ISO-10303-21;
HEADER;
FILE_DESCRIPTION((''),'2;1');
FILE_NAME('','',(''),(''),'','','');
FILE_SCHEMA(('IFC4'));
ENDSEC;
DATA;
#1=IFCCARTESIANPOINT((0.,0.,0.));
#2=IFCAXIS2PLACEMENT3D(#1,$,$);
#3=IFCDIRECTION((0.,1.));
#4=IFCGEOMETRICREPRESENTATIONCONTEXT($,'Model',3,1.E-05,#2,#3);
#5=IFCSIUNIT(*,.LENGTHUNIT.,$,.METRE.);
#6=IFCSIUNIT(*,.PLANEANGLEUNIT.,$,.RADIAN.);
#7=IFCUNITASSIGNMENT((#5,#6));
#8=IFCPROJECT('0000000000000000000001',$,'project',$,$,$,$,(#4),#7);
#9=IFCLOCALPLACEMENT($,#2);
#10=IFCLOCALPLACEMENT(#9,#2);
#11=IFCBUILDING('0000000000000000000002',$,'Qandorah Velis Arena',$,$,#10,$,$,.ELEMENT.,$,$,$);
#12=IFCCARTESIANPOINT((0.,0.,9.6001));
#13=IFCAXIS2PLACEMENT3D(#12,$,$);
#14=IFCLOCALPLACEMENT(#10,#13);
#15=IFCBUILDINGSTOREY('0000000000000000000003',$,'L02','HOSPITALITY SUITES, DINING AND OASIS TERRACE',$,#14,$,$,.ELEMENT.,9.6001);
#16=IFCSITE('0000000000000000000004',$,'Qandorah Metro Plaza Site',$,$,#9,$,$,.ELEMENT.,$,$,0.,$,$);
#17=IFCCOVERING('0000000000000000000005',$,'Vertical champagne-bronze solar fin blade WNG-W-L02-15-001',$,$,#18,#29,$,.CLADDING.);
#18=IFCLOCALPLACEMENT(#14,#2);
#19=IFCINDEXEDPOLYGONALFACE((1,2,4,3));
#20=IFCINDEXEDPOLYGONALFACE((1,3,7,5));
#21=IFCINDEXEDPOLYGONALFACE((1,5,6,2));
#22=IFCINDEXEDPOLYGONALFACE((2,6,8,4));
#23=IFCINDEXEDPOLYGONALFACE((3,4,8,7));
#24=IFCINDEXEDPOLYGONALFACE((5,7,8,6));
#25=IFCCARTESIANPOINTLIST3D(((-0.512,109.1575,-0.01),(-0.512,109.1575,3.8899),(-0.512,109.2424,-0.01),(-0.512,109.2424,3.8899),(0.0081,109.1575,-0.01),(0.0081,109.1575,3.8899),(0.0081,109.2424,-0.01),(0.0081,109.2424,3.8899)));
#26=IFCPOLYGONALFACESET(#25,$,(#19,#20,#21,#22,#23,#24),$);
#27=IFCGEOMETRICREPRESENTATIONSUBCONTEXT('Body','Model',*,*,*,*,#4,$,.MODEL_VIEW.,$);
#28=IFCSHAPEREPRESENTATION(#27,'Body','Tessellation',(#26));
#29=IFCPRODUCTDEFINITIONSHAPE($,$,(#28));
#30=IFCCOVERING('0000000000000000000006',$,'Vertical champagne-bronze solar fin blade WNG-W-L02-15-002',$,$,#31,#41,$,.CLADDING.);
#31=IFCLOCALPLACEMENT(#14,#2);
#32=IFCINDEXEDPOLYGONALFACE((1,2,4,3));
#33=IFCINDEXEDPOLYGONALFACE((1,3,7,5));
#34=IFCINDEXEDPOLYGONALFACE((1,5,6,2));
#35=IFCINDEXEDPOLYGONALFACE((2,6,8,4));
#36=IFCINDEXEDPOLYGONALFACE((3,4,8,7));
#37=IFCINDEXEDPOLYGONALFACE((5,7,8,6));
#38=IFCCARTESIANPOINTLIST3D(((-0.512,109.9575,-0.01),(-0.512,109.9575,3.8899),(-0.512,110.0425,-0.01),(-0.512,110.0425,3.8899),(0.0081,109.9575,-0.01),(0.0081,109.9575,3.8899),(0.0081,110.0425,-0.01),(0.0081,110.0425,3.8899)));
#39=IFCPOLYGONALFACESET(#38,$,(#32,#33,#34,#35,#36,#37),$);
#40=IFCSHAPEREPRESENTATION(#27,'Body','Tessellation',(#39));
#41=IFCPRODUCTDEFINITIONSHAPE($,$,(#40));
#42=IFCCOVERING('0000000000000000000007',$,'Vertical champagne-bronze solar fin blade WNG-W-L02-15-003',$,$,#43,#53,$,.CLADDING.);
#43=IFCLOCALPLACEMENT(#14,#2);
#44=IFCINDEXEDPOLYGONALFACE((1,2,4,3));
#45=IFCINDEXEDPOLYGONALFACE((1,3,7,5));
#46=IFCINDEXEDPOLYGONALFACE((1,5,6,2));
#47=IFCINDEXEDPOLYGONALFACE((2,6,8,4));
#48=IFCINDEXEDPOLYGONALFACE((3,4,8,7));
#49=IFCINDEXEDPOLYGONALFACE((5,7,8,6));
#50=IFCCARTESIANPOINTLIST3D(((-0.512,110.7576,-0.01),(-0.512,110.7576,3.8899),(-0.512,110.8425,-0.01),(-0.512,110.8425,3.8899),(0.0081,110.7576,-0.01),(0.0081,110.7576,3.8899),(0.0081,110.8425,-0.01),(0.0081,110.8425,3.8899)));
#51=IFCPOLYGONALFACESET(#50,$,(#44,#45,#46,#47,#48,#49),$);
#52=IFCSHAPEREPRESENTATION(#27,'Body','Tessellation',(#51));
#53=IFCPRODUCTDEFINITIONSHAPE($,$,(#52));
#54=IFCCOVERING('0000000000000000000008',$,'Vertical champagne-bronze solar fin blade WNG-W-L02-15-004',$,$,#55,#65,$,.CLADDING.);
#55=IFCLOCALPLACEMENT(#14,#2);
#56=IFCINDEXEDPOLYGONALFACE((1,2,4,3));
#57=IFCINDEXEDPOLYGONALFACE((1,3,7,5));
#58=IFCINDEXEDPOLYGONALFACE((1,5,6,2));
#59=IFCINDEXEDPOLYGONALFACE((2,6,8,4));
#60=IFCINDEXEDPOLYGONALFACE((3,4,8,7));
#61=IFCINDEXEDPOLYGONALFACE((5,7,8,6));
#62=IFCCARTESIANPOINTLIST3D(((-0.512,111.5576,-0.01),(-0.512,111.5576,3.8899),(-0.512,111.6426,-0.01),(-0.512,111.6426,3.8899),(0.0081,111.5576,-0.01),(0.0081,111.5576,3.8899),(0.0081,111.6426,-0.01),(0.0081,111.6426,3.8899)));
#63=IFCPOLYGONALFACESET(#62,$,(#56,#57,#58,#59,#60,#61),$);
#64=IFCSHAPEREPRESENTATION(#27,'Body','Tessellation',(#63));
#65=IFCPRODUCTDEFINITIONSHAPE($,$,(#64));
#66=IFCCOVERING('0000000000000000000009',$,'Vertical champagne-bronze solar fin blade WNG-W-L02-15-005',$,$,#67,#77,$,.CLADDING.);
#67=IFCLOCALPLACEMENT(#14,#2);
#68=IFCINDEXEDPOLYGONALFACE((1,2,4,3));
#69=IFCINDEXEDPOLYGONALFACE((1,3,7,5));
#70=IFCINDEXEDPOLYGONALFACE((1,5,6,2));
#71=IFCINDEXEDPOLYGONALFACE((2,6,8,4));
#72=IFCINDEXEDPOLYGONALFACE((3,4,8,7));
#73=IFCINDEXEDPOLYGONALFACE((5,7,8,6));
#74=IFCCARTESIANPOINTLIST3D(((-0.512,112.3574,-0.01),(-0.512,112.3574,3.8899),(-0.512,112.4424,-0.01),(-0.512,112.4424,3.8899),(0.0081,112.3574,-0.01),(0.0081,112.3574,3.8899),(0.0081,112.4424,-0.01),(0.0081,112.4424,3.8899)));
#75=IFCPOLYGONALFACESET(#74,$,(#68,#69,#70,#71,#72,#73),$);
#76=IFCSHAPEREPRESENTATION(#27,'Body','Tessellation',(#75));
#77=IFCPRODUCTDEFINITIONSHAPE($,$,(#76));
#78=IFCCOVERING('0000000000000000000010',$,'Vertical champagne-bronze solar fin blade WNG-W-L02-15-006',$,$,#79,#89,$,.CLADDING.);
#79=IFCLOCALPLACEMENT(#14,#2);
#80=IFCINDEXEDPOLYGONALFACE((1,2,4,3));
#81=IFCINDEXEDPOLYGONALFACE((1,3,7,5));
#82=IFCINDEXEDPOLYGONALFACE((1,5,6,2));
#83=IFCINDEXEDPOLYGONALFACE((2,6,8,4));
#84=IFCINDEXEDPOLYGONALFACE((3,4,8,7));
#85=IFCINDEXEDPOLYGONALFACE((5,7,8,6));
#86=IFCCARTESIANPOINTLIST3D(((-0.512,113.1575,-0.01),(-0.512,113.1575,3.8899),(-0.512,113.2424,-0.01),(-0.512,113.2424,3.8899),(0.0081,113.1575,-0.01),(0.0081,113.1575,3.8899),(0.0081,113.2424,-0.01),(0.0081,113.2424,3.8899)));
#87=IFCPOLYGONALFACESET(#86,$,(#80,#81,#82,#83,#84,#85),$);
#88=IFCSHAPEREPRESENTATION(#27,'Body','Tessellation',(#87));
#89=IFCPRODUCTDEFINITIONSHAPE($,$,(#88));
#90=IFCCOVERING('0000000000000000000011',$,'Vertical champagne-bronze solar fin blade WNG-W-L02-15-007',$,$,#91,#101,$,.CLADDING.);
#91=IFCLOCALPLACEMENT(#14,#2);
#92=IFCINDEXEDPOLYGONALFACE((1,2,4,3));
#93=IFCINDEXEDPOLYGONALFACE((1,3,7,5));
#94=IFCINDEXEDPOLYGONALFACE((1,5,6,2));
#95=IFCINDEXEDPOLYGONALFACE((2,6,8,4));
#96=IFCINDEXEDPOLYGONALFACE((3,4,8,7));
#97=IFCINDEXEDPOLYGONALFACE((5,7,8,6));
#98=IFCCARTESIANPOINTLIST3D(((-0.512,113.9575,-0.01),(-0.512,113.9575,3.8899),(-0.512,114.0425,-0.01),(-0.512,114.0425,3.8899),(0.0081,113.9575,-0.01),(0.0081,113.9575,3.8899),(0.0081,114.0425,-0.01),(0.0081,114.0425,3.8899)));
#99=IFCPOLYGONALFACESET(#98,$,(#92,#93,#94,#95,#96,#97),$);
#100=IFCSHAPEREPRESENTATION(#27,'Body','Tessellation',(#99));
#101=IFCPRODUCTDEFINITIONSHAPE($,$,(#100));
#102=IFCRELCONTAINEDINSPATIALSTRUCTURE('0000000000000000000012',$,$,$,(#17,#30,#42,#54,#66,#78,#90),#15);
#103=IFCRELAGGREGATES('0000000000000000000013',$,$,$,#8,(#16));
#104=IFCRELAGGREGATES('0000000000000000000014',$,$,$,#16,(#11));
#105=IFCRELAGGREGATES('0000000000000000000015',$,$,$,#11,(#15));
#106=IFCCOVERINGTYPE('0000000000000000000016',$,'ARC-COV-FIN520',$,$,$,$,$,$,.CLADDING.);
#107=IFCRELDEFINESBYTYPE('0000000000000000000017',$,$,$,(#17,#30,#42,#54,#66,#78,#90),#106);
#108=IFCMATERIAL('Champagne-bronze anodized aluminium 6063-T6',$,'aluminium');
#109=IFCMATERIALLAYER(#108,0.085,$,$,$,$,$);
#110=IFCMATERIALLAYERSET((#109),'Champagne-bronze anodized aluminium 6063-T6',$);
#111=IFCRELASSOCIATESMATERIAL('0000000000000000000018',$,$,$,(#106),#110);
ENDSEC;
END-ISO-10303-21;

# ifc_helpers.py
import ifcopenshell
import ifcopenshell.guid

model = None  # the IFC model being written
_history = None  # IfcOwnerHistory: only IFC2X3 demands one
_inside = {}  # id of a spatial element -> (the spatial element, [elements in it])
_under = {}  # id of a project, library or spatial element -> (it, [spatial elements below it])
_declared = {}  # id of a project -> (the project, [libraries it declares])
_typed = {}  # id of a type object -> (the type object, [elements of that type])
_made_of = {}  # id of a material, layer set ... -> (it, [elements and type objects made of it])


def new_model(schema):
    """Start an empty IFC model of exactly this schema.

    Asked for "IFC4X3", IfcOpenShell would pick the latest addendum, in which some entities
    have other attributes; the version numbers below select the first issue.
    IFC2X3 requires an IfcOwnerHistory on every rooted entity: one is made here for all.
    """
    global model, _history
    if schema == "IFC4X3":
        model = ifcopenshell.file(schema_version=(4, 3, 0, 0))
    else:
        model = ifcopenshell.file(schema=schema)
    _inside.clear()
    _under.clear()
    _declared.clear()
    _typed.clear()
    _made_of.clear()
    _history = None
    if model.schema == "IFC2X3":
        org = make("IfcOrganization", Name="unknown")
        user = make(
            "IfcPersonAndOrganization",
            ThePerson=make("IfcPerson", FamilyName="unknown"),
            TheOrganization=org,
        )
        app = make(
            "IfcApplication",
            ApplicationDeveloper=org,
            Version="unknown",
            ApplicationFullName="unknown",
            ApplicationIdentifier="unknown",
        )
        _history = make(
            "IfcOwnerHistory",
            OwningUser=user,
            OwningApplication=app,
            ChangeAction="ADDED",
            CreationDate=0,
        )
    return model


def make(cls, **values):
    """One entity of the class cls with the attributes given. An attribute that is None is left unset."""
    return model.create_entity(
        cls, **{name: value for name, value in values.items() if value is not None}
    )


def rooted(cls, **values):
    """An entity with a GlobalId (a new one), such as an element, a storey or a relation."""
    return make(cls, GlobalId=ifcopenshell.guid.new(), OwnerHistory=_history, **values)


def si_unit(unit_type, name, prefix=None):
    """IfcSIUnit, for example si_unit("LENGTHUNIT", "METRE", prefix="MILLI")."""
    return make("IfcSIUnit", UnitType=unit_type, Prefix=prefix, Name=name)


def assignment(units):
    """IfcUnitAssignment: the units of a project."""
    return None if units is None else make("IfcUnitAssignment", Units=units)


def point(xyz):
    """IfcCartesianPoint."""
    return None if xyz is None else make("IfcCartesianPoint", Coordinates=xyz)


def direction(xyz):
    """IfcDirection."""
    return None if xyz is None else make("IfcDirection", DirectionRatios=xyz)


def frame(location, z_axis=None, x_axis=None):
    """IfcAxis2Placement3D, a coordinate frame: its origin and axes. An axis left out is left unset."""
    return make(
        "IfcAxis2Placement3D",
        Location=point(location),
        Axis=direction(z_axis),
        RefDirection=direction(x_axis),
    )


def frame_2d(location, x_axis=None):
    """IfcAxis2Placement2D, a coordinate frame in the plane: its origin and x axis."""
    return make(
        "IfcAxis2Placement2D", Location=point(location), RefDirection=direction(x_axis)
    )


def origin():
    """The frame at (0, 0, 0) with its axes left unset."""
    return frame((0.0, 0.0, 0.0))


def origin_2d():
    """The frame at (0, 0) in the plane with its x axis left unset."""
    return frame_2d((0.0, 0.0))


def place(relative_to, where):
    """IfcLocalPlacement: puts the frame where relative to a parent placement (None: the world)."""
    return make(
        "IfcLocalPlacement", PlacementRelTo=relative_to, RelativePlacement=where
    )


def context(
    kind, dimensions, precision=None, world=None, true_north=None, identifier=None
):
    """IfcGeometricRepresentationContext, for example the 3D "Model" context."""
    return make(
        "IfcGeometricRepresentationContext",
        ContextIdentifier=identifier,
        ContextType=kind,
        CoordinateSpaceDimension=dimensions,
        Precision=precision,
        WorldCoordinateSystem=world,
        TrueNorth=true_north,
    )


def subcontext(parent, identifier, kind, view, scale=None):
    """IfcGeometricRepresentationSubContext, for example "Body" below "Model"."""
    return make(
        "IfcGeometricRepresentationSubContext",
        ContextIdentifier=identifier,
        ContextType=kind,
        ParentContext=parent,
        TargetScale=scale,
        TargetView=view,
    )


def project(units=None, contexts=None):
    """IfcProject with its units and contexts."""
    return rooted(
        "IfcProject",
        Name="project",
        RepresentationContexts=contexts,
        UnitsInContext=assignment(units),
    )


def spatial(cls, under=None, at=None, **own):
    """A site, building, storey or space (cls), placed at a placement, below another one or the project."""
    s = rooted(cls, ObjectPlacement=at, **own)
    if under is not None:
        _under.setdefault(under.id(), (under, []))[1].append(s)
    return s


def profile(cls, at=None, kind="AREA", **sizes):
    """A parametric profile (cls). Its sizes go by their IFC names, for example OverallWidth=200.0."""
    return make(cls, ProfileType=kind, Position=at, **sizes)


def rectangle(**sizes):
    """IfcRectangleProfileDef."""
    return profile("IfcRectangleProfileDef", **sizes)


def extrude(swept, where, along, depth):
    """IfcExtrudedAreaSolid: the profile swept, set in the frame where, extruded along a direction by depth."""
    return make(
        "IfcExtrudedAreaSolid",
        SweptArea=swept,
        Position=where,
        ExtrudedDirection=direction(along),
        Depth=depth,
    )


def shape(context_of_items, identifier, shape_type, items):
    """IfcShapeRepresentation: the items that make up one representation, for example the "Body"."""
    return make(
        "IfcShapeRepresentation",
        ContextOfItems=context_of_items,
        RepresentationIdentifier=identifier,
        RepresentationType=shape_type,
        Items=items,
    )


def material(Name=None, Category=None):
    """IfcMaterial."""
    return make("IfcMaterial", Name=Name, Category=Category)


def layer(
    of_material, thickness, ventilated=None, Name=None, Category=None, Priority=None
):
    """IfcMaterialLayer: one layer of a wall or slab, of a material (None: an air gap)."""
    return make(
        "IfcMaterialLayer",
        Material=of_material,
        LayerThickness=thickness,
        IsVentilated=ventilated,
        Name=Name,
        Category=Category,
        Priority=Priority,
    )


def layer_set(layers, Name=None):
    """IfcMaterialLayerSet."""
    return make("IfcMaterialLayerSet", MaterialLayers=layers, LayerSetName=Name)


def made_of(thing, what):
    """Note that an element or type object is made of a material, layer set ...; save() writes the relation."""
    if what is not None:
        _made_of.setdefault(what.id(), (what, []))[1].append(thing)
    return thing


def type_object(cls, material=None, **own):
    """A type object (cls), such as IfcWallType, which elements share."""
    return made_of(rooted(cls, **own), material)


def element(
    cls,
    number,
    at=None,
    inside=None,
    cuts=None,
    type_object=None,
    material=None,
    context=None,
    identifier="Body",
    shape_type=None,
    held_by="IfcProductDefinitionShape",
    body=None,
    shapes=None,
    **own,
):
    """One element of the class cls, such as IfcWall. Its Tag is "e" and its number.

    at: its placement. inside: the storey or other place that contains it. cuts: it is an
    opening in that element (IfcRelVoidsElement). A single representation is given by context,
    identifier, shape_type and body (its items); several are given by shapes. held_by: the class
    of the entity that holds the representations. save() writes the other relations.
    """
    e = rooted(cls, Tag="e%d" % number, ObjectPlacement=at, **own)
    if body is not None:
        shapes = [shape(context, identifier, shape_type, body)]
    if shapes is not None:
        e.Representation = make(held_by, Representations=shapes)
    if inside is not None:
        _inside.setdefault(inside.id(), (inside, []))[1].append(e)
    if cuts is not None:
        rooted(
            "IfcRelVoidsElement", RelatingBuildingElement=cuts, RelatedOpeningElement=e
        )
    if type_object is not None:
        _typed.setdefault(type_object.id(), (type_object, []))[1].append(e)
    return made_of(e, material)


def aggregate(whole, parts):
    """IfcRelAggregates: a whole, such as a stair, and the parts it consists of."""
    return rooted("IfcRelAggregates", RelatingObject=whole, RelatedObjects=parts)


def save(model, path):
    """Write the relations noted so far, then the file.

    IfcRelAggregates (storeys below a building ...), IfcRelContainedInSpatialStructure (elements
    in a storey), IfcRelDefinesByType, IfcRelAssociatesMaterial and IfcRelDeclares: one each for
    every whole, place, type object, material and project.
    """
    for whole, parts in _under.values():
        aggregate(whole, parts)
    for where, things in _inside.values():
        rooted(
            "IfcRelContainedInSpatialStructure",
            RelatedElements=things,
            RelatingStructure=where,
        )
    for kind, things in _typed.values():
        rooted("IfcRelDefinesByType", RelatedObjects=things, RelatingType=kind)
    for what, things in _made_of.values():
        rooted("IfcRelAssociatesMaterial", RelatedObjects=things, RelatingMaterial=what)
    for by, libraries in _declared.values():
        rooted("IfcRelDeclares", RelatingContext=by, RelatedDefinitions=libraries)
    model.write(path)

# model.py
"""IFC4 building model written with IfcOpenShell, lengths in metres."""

from ifc_helpers import new_model, si_unit, direction, frame, origin, origin_2d, place, context, subcontext, project, spatial, rectangle, extrude, material, layer, layer_set, type_object, element, save


model = new_model("IFC4")

# Units and contexts
model_context = context("Model", 3, precision=1e-05, world=origin(), true_north=direction((0.0, 1.0)))
body_context = subcontext(model_context, "Body", "Model", "MODEL_VIEW")
ifc_project = project(units=[si_unit("LENGTHUNIT", "METRE"), si_unit("PLANEANGLEUNIT", "RADIAN")], contexts=[model_context])

# Site, building, storey
site_placement = place(None, origin())
site = spatial("IfcSite", under=ifc_project, at=site_placement, Name="Qandorah Metro Plaza Site", CompositionType="ELEMENT", RefElevation=0.0)
building_placement = place(site_placement, origin())
building = spatial("IfcBuilding", under=site, at=building_placement, Name="Qandorah Velis Arena", CompositionType="ELEMENT")
storey_placement = place(building_placement, frame((0.0, 0.0, 9.6001)))
storey = spatial("IfcBuildingStorey", under=building, at=storey_placement, Name="L02", Description="HOSPITALITY SUITES, DINING AND OASIS TERRACE", CompositionType="ELEMENT", Elevation=9.6001)

# Shared definitions
ifc_material_1 = material(Name="Champagne-bronze anodized aluminium 6063-T6", Category="aluminium")

# Coverings
ifc_layer_1 = layer(ifc_material_1, 0.085)
ifc_layer_set_1 = layer_set([ifc_layer_1], Name="Champagne-bronze anodized aluminium 6063-T6")
covering_type = type_object("IfcCoveringType", Name="ARC-COV-FIN520", PredefinedType="CLADDING", material=ifc_layer_set_1)
for number, where, z_axis, x_axis, name in (
    (1, (-0.252, 109.2, -0.01), (0.0, 0.0, 1.0), (1.0, 0.0, 0.0), "Vertical champagne-bronze solar fin blade WNG-W-L02-15-001"),
    (2, (-0.252, 110.0, -0.01), (0.0, 0.0, 1.0), (1.0, 0.0, 0.0), "Vertical champagne-bronze solar fin blade WNG-W-L02-15-002"),
    (3, (-0.252, 110.8, -0.01), (0.0, 0.0, 1.0), (1.0, 0.0, 0.0), "Vertical champagne-bronze solar fin blade WNG-W-L02-15-003"),
    (4, (-0.252, 111.6001, -0.01), (0.0, 0.0, 1.0), (1.0, 0.0, 0.0), "Vertical champagne-bronze solar fin blade WNG-W-L02-15-004"),
    (5, (-0.252, 112.3999, -0.01), (0.0, 0.0, 1.0), (1.0, 0.0, 0.0), "Vertical champagne-bronze solar fin blade WNG-W-L02-15-005"),
    (6, (-0.252, 113.2, -0.01), (0.0, 0.0, 1.0), (1.0, 0.0, 0.0), "Vertical champagne-bronze solar fin blade WNG-W-L02-15-006"),
    (7, (-0.252, 114.0, -0.01), (0.0, 0.0, 1.0), (1.0, 0.0, 0.0), "Vertical champagne-bronze solar fin blade WNG-W-L02-15-007"),
):
    element("IfcCovering", number, at=place(storey_placement, frame(where, z_axis=z_axis, x_axis=x_axis)), inside=storey, type_object=covering_type, Name=name, PredefinedType="CLADDING", context=body_context, shape_type="SweptSolid", body=[
        extrude(rectangle(XDim=0.52, YDim=0.085, at=origin_2d()), origin(), (0.0, 0.0, 1.0), 3.8999),
    ])

save(model, "model.ifc")
